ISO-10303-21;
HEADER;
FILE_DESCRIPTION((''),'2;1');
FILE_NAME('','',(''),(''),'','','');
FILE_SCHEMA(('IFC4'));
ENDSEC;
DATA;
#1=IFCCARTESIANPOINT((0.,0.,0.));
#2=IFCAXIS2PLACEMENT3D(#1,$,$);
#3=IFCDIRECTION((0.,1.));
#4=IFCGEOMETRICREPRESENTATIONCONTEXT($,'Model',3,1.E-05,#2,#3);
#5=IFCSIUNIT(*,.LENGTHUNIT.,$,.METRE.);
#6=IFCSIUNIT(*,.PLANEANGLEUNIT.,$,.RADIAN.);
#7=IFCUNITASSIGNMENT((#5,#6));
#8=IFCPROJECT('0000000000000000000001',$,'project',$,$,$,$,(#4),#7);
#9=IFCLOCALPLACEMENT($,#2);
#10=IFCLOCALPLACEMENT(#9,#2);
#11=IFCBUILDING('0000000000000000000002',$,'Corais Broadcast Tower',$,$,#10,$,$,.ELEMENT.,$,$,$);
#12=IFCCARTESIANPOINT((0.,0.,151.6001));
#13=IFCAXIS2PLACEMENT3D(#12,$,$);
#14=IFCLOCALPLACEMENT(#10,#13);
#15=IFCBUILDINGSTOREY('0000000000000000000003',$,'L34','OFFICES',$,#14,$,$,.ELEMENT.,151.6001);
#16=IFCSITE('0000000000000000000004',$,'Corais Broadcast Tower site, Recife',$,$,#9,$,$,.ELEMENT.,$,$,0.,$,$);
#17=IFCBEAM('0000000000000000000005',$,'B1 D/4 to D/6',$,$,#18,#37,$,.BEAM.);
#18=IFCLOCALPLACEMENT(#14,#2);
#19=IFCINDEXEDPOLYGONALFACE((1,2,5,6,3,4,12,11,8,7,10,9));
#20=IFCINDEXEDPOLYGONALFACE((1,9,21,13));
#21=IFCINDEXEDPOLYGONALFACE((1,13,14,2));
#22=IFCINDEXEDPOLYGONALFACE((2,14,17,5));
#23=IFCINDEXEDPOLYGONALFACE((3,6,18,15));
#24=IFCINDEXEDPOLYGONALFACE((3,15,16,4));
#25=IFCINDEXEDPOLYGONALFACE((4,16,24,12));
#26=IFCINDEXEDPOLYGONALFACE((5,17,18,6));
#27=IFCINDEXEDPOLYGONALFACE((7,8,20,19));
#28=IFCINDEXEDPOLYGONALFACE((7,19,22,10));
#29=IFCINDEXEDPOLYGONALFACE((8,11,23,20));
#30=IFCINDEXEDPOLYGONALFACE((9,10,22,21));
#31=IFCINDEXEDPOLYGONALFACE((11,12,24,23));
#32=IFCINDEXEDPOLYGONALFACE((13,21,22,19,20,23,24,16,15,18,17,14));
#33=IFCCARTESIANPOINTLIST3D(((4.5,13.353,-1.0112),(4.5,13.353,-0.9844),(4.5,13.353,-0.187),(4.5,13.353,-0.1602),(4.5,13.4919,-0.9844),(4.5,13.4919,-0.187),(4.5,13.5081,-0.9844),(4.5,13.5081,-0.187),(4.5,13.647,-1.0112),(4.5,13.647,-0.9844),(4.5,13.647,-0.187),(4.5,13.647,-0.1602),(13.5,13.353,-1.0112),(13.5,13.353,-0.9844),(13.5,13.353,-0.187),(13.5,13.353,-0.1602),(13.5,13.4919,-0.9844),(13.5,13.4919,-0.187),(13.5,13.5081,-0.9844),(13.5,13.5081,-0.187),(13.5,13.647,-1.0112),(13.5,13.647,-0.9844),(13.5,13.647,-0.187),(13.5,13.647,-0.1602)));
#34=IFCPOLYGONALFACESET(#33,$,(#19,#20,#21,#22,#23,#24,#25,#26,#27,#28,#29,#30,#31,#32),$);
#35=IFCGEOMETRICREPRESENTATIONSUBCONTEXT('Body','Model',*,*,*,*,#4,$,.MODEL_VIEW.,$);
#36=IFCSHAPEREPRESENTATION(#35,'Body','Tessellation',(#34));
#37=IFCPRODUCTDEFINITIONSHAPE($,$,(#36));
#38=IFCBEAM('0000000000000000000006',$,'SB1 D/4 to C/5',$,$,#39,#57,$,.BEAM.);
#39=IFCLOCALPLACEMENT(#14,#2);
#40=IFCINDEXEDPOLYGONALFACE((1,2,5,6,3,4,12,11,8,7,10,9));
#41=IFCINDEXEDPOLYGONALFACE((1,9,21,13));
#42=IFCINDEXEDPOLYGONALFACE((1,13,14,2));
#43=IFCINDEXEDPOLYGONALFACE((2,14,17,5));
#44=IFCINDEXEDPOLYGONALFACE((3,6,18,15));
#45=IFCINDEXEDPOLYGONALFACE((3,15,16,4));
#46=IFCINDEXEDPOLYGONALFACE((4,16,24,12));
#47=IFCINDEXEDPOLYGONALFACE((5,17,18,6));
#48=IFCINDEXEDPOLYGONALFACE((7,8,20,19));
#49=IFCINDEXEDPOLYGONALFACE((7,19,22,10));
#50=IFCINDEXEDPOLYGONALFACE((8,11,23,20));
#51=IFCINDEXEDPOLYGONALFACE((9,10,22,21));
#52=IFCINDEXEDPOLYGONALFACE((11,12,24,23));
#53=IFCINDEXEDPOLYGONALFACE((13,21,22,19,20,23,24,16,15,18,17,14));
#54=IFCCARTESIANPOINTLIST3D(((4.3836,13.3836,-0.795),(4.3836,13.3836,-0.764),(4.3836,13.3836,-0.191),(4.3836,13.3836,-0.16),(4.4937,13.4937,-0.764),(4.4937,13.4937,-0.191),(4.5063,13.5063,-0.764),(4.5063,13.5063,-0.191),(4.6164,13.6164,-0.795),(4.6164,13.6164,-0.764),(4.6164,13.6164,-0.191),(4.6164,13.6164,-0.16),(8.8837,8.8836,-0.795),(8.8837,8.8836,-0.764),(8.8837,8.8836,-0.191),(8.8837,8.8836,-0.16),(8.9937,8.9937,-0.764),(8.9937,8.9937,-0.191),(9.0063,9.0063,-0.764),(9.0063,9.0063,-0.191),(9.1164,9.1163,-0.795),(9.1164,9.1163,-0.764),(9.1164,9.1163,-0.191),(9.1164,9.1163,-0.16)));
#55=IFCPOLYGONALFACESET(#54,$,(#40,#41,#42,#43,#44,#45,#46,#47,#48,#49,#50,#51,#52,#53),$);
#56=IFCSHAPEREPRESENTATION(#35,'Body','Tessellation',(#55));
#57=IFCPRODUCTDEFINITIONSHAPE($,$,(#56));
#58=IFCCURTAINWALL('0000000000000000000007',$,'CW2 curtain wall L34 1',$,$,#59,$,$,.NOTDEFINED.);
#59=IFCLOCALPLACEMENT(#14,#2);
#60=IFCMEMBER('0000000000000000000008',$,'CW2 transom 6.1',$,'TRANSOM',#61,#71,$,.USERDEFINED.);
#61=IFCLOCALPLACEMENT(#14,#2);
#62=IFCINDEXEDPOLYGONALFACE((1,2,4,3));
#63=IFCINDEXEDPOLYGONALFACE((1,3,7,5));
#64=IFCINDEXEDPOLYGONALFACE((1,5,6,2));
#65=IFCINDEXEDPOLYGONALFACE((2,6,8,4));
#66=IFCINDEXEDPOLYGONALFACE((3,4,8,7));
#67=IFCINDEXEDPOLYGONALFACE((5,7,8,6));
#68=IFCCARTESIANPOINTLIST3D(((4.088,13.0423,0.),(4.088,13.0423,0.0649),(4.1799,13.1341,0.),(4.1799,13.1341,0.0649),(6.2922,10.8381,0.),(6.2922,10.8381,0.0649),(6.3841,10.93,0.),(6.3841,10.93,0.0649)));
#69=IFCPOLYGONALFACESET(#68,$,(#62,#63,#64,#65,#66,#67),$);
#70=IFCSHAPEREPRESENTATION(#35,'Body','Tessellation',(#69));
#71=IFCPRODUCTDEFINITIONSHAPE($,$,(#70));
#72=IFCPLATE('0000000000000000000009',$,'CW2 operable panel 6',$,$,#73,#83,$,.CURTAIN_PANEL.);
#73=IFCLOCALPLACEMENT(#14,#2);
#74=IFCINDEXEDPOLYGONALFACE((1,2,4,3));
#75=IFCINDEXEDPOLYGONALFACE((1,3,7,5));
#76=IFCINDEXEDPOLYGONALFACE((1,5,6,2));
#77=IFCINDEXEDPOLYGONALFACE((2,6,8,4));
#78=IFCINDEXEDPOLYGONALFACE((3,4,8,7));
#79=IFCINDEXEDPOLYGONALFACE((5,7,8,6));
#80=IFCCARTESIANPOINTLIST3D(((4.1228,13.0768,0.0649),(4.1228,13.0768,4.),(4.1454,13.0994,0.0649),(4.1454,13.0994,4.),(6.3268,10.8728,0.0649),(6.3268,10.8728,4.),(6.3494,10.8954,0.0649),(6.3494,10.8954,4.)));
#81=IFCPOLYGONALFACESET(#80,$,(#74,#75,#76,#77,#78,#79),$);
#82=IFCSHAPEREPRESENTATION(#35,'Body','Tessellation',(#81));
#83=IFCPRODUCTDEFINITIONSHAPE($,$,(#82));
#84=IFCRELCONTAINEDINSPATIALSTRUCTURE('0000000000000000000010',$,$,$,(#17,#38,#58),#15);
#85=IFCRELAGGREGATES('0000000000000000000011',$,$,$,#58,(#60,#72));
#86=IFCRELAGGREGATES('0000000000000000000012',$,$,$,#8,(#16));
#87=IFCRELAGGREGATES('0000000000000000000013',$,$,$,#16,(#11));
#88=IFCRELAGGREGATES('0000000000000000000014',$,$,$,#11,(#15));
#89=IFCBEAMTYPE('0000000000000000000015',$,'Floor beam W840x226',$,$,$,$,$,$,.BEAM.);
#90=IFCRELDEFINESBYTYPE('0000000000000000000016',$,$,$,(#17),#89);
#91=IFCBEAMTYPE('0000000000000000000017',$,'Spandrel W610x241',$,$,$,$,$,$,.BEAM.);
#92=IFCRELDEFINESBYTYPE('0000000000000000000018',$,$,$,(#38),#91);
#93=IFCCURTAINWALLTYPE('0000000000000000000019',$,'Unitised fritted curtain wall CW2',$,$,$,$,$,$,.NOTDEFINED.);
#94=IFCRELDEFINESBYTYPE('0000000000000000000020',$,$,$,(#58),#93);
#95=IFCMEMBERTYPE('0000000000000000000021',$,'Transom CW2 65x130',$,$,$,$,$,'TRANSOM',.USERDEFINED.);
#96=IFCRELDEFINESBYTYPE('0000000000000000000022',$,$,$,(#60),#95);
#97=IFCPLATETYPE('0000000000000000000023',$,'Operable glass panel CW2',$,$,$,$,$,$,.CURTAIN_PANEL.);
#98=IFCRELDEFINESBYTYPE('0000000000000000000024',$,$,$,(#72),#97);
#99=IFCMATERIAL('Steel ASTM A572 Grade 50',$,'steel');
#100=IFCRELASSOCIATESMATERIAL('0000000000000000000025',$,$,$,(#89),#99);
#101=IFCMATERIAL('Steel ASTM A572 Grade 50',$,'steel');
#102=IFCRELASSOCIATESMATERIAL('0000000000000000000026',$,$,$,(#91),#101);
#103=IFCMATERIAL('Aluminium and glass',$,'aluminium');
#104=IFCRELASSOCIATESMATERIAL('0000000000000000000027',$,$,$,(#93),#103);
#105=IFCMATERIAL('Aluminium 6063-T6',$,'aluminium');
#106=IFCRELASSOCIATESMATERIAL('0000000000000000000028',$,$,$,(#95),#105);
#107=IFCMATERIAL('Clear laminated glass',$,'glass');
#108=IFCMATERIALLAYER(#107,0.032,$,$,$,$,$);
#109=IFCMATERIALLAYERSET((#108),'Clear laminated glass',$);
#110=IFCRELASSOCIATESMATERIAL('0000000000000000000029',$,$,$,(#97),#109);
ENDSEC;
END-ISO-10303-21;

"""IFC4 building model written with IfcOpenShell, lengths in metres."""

from ifc_helpers import new_model, si_unit, direction, frame, origin, origin_2d, place, context, subcontext, project, spatial, rectangle, i_section, extrude, material, layer, layer_set, material_profile, profile_set, type_object, element, aggregate, save


model = new_model("IFC4")

# Units and contexts
model_context = context("Model", 3, precision=1e-05, world=origin(), true_north=direction((0.0, 1.0)))
body_context = subcontext(model_context, "Body", "Model", "MODEL_VIEW")
ifc_project = project(units=[si_unit("LENGTHUNIT", "METRE"), si_unit("PLANEANGLEUNIT", "RADIAN")], contexts=[model_context])

# Site, building, storey
site_placement = place(None, origin())
site = spatial("IfcSite", under=ifc_project, at=site_placement, Name="Corais Broadcast Tower site, Recife", CompositionType="ELEMENT", RefElevation=0.0)
building_placement = place(site_placement, origin())
building = spatial("IfcBuilding", under=site, at=building_placement, Name="Corais Broadcast Tower", CompositionType="ELEMENT")
storey_placement = place(building_placement, frame((0.0, 0.0, 151.6001)))
storey = spatial("IfcBuildingStorey", under=building, at=storey_placement, Name="L34", Description="OFFICES", CompositionType="ELEMENT", Elevation=151.6001)

# Beams
ifc_material_1 = material(Name="Steel ASTM A572 Grade 50", Category="steel")
ifc_material_profile_1 = material_profile(ifc_material_1, i_section(OverallWidth=0.2939, OverallDepth=0.8511, WebThickness=0.0161, FlangeThickness=0.0269, at=origin_2d()), Name="W840x226")
ifc_profile_set_1 = profile_set([ifc_material_profile_1], Name="Steel ASTM A572 Grade 50")
beam_type_1 = type_object("IfcBeamType", Name="Floor beam W840x226", PredefinedType="BEAM", material=ifc_profile_set_1)
beam_1_placement = place(storey_placement, frame((4.5, 13.5, -0.5857), z_axis=(1.0, 0.0, 0.0), x_axis=(0.0, 1.0, 0.0)))
element("IfcBeam", 1, at=beam_1_placement, inside=storey, type_object=beam_type_1, Name="B1 D/4 to D/6", PredefinedType="BEAM", context=body_context, shape_type="SweptSolid", body=[
    extrude(i_section(OverallWidth=0.2939, OverallDepth=0.8511, WebThickness=0.0161, FlangeThickness=0.0269, at=origin_2d()), origin(), (0.0, 0.0, 1.0), 9.0),
])
ifc_material_2 = material(Name="Steel ASTM A572 Grade 50", Category="steel")
ifc_material_profile_2 = material_profile(ifc_material_2, i_section(OverallWidth=0.3291, OverallDepth=0.635, WebThickness=0.0178, FlangeThickness=0.031, at=origin_2d()), Name="W610x241")
ifc_profile_set_2 = profile_set([ifc_material_profile_2], Name="Steel ASTM A572 Grade 50")
beam_type_2 = type_object("IfcBeamType", Name="Spandrel W610x241", PredefinedType="BEAM", material=ifc_profile_set_2)
beam_2_placement = place(storey_placement, frame((4.5, 13.5, -0.4775), z_axis=(0.707107, -0.707107, 0.0), x_axis=(0.707107, 0.707107, 0.0)))
element("IfcBeam", 2, at=beam_2_placement, inside=storey, type_object=beam_type_2, Name="SB1 D/4 to C/5", PredefinedType="BEAM", context=body_context, shape_type="SweptSolid", body=[
    extrude(i_section(OverallWidth=0.3291, OverallDepth=0.635, WebThickness=0.0178, FlangeThickness=0.031, at=origin_2d()), origin(), (0.0, 0.0, 1.0), 6.364),
])

# Curtain wall, member, plate
ifc_material_3 = material(Name="Aluminium and glass", Category="aluminium")
curtain_wall_type = type_object("IfcCurtainWallType", Name="Unitised fritted curtain wall CW2", PredefinedType="NOTDEFINED", material=ifc_material_3)
curtain_wall_placement = place(storey_placement, origin())
curtain_wall = element("IfcCurtainWall", 3, at=curtain_wall_placement, inside=storey, type_object=curtain_wall_type, Name="CW2 curtain wall L34 1", PredefinedType="NOTDEFINED")
ifc_material_4 = material(Name="Aluminium 6063-T6", Category="aluminium")
ifc_material_profile_3 = material_profile(ifc_material_4, rectangle(XDim=0.1299, YDim=0.0649, at=origin_2d()), Name="Transom CW2 65x130")
ifc_profile_set_3 = profile_set([ifc_material_profile_3], Name="Aluminium 6063-T6")
member_type = type_object("IfcMemberType", Name="Transom CW2 65x130", ElementType="TRANSOM", PredefinedType="USERDEFINED", material=ifc_profile_set_3)
member_placement = place(storey_placement, frame((6.3381, 10.884, 0.0325), z_axis=(-0.707107, 0.707107, 0.0), x_axis=(-0.707107, -0.707107, 0.0)))
member = element("IfcMember", 4, at=member_placement, type_object=member_type, Name="CW2 transom 6.1", ObjectType="TRANSOM", PredefinedType="USERDEFINED", context=body_context, shape_type="SweptSolid", body=[
    extrude(rectangle(XDim=0.1299, YDim=0.0649, at=origin_2d()), origin(), (0.0, 0.0, 1.0), 3.1172),
])
ifc_material_5 = material(Name="Clear laminated glass", Category="glass")
ifc_layer_1 = layer(ifc_material_5, 0.032)
ifc_layer_set_1 = layer_set([ifc_layer_1], Name="Clear laminated glass")
plate_type = type_object("IfcPlateType", Name="Operable glass panel CW2", PredefinedType="CURTAIN_PANEL", material=ifc_layer_set_1)
plate_placement = place(storey_placement, frame((5.2361, 11.9861, 0.0649), z_axis=(0.0, 0.0, 1.0), x_axis=(-0.707107, 0.707107, 0.0)))
plate = element("IfcPlate", 5, at=plate_placement, type_object=plate_type, Name="CW2 operable panel 6", PredefinedType="CURTAIN_PANEL", context=body_context, shape_type="SweptSolid", body=[
    extrude(rectangle(XDim=3.1169, YDim=0.032, at=origin_2d()), origin(), (0.0, 0.0, 1.0), 3.9351),
])
aggregate(curtain_wall, [member, plate])

save(model, "model.ifc")
